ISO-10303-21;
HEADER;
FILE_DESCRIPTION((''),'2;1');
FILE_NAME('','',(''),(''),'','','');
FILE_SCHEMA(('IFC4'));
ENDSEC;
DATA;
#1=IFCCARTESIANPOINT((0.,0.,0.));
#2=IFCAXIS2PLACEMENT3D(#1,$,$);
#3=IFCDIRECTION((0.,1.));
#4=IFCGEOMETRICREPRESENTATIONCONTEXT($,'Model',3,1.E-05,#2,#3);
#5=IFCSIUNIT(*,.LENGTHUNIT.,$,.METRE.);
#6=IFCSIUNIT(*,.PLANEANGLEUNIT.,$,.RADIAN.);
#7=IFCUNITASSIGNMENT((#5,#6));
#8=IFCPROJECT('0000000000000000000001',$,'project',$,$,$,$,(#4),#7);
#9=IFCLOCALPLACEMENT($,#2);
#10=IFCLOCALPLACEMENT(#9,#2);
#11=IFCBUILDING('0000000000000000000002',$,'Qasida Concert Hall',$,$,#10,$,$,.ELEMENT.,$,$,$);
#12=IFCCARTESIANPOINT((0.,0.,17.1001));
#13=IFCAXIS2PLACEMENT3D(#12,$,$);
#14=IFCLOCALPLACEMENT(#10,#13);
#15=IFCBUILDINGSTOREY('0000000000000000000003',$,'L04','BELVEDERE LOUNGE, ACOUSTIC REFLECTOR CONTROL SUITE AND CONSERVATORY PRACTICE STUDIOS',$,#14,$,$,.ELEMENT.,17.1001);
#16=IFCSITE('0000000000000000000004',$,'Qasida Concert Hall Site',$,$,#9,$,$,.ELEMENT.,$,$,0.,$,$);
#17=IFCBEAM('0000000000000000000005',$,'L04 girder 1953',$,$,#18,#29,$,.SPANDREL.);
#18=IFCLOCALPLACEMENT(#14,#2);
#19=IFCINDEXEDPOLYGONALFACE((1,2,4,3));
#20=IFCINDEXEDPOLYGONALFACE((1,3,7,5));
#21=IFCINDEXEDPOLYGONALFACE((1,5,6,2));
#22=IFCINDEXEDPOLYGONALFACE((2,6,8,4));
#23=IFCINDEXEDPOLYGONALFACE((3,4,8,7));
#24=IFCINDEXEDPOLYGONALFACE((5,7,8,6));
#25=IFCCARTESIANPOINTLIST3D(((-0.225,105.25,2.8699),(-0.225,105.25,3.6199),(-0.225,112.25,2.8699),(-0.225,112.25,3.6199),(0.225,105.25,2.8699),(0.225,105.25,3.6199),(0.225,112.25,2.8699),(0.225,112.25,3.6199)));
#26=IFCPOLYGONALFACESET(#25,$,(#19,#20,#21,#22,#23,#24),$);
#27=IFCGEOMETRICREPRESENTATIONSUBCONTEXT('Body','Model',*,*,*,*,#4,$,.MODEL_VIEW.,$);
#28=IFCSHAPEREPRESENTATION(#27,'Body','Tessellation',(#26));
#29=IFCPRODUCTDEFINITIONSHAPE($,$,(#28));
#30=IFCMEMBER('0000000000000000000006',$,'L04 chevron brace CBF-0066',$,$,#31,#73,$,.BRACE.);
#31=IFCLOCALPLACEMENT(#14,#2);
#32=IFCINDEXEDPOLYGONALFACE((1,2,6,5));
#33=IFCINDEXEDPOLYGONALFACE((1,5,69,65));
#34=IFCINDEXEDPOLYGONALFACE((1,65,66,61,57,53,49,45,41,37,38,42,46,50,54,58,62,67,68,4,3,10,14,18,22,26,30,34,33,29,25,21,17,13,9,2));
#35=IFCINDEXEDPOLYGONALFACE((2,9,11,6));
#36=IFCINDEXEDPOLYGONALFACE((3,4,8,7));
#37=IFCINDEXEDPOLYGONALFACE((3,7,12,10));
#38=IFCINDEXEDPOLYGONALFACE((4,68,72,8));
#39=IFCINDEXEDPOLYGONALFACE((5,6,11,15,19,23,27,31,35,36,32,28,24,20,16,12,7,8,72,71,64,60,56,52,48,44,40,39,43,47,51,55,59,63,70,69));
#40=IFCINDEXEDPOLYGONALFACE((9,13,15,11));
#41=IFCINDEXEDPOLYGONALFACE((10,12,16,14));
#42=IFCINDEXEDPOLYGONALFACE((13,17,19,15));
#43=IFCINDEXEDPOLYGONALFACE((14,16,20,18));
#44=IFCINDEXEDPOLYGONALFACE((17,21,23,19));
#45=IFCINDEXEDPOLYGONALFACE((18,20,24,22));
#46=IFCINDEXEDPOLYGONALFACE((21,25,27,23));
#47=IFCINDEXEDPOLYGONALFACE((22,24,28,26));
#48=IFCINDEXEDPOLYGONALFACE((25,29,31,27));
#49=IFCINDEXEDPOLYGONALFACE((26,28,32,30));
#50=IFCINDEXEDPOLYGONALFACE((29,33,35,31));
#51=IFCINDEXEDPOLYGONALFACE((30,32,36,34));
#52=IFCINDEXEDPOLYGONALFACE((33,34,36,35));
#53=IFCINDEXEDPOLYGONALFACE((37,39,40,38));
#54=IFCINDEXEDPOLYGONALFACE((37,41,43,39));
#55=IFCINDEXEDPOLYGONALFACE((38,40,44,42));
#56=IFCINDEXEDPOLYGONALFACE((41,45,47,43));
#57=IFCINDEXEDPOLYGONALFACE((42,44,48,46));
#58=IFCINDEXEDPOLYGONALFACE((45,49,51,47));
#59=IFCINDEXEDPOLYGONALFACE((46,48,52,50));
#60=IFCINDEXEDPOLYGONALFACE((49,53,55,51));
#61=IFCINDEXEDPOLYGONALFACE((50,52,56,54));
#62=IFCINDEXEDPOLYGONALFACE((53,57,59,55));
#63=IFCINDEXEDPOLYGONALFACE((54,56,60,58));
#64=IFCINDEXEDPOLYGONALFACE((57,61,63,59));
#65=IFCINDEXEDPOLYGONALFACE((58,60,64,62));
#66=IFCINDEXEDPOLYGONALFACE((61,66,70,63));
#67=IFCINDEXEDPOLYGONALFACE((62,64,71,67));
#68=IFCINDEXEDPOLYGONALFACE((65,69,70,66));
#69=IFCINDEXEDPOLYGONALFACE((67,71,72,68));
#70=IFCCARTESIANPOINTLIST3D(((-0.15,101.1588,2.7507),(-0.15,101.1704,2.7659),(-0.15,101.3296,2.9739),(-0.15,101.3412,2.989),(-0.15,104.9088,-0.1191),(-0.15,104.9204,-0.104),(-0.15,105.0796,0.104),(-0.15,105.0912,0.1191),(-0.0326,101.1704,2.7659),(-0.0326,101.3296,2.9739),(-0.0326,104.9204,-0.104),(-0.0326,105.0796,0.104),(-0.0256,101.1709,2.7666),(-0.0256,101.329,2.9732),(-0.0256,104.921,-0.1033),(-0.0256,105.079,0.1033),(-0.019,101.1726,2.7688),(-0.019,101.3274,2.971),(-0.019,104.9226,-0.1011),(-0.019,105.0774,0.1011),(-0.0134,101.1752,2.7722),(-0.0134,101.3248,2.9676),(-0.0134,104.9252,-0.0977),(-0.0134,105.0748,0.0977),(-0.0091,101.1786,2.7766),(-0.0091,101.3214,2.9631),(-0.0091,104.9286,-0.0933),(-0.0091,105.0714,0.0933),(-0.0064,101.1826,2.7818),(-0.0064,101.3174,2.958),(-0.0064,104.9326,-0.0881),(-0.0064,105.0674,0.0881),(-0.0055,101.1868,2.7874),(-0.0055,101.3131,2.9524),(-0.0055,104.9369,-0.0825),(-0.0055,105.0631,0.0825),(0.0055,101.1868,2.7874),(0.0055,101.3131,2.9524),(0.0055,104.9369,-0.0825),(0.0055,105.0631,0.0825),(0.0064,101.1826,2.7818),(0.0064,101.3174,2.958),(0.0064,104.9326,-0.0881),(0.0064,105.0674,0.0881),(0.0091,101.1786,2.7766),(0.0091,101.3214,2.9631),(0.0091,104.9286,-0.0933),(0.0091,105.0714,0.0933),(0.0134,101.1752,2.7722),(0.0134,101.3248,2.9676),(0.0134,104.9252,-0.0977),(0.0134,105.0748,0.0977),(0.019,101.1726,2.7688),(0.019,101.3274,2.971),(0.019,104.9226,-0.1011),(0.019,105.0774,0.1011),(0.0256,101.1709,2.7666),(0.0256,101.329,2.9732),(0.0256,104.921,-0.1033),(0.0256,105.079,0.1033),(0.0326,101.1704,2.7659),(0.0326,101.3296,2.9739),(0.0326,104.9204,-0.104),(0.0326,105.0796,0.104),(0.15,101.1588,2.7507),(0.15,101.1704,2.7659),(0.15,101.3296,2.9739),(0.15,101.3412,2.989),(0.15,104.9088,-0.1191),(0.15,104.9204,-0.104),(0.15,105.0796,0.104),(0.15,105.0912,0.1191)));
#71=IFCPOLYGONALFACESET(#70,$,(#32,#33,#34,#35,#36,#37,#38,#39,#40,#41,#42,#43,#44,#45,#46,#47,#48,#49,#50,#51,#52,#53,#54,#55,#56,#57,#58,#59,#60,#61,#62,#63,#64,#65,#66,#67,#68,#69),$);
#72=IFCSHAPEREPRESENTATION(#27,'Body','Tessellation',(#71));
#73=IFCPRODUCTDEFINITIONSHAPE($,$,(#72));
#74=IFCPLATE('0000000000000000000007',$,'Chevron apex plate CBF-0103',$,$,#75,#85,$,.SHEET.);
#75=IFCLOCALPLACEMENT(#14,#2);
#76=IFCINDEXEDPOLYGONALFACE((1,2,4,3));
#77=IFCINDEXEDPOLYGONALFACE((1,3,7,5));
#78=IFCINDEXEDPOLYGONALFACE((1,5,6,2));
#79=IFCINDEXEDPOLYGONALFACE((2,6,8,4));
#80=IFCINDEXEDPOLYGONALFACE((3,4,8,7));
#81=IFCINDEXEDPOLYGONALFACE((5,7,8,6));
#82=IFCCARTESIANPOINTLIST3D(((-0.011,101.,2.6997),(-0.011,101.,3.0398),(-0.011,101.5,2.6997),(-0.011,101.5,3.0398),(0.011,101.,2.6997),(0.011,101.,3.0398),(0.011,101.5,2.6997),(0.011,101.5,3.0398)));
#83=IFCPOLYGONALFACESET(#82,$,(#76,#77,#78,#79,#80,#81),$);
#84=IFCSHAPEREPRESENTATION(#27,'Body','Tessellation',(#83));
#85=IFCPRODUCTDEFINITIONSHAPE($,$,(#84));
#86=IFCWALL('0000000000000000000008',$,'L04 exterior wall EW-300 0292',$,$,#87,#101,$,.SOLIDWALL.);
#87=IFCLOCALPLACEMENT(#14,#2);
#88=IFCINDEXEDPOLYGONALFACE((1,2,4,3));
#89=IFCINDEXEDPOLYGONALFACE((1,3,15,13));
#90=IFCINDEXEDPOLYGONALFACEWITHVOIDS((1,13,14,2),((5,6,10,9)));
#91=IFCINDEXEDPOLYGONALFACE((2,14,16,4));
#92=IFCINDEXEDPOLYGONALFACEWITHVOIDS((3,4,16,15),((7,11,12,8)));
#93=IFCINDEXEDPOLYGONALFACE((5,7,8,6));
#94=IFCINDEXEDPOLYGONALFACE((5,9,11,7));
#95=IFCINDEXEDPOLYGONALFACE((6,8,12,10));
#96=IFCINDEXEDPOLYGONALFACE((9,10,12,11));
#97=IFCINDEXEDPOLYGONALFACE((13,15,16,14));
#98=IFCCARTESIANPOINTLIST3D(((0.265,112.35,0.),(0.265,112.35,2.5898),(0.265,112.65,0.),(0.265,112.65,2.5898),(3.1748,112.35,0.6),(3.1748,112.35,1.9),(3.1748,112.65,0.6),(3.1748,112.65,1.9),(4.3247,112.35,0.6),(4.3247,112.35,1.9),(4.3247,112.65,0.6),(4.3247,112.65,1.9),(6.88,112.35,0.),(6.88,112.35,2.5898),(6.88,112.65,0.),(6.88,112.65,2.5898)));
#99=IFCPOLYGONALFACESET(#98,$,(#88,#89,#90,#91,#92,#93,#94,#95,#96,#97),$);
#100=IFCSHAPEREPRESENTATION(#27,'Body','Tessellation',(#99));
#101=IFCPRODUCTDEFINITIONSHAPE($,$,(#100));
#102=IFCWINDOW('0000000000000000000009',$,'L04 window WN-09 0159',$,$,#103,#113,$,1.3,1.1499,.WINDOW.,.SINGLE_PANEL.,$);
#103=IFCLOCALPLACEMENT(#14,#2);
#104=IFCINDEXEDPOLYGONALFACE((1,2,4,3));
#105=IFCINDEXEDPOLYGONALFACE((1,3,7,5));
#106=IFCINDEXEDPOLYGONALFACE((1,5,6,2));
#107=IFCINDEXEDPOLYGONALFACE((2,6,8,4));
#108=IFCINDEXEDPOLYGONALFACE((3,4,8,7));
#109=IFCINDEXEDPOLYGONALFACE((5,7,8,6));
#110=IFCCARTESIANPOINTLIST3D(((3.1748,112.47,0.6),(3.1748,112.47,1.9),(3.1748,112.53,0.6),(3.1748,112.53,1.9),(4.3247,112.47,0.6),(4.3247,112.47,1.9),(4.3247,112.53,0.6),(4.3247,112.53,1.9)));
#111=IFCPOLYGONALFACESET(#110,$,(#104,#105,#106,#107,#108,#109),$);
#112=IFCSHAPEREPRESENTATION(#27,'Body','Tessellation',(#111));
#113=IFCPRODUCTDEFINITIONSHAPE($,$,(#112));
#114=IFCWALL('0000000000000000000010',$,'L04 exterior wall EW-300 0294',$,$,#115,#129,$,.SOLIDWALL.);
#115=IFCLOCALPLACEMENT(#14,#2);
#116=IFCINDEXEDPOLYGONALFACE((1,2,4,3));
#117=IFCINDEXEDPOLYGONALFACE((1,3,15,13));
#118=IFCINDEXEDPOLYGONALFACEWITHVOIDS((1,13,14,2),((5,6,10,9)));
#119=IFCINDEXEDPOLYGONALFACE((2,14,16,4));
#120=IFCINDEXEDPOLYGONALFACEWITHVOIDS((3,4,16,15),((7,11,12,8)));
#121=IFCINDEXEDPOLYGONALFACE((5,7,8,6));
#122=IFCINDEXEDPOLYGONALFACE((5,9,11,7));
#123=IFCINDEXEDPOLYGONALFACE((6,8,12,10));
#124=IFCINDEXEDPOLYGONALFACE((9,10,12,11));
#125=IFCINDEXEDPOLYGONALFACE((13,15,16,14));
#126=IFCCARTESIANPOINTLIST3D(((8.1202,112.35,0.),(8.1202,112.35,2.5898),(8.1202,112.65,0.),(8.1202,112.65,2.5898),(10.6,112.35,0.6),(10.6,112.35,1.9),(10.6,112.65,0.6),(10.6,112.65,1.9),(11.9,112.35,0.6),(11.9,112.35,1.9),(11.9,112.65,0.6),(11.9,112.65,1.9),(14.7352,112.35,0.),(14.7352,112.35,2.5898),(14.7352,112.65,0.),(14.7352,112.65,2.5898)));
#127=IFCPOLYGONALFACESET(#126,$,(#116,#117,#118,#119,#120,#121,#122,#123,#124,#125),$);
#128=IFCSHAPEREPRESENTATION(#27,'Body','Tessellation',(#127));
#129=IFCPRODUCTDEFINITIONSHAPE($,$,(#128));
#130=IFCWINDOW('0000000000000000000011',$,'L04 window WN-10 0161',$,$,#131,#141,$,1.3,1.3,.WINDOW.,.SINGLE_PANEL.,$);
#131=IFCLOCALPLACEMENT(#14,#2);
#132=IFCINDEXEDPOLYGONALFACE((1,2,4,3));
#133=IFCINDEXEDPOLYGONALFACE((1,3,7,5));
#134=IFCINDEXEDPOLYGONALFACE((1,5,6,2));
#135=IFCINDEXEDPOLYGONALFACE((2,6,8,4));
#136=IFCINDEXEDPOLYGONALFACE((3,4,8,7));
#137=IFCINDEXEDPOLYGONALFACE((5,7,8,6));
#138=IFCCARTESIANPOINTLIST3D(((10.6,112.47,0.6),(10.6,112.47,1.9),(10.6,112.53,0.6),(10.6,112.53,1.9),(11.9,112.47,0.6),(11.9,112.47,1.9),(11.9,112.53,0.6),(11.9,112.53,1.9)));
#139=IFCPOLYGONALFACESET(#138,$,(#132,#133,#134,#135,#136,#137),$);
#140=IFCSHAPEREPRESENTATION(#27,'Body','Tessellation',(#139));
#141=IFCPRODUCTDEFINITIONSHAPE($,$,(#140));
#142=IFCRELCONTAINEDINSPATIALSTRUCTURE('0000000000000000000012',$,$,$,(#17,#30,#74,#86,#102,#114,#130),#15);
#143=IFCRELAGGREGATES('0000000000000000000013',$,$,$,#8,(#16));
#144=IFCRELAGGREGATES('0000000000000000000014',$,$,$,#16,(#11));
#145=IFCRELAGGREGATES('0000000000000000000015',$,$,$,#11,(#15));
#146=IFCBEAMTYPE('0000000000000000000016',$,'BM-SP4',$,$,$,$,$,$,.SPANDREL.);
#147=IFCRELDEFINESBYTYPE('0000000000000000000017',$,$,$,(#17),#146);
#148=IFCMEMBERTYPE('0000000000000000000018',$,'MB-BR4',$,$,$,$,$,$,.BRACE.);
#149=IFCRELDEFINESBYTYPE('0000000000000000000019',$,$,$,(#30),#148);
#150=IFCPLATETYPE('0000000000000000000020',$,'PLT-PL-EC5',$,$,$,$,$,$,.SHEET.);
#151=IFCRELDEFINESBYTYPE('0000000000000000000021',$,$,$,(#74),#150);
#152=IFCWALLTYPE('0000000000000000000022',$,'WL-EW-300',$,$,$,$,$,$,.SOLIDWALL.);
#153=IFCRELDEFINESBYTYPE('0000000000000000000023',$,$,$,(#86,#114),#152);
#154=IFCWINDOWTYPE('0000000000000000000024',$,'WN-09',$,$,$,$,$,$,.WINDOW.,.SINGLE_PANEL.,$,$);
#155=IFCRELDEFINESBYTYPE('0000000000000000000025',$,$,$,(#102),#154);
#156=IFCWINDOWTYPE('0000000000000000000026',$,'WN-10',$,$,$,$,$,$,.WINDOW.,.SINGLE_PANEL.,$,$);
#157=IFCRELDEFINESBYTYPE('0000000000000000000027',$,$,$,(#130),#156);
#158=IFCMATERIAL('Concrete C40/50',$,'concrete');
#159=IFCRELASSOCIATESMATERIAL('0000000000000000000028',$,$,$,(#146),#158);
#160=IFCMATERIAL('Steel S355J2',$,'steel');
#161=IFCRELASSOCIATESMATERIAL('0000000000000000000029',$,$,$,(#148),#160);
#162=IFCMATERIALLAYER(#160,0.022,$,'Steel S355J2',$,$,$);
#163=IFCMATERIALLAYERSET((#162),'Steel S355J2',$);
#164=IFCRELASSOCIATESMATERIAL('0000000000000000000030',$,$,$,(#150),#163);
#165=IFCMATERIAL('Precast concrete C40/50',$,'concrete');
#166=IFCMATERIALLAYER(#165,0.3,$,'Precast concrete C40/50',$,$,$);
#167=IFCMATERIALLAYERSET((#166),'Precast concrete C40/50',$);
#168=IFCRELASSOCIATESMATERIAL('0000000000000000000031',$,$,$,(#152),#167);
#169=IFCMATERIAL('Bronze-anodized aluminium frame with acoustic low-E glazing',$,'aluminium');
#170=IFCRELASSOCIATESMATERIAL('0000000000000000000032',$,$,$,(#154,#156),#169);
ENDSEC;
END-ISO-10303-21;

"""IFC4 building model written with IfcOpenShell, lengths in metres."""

from ifc_helpers import new_model, si_unit, direction, frame, frame_2d, origin, origin_2d, place, context, subcontext, project, spatial, rectangle, i_section, extrude, material, layer, layer_set, material_profile, profile_set, type_object, element, fill, save


model = new_model("IFC4")

# Units and contexts
model_context = context("Model", 3, precision=1e-05, world=origin(), true_north=direction((0.0, 1.0)))
body_context = subcontext(model_context, "Body", "Model", "MODEL_VIEW")
ifc_project = project(units=[si_unit("LENGTHUNIT", "METRE"), si_unit("PLANEANGLEUNIT", "RADIAN")], contexts=[model_context])

# Site, building, storey
site_placement = place(None, origin())
site = spatial("IfcSite", under=ifc_project, at=site_placement, Name="Qasida Concert Hall Site", CompositionType="ELEMENT", RefElevation=0.0)
building_placement = place(site_placement, origin())
building = spatial("IfcBuilding", under=site, at=building_placement, Name="Qasida Concert Hall", CompositionType="ELEMENT")
storey_placement = place(building_placement, frame((0.0, 0.0, 17.1001)))
storey = spatial("IfcBuildingStorey", under=building, at=storey_placement, Name="L04", Description="BELVEDERE LOUNGE, ACOUSTIC REFLECTOR CONTROL SUITE AND CONSERVATORY PRACTICE STUDIOS", CompositionType="ELEMENT", Elevation=17.1001)

# Beam
ifc_material_1 = material(Name="Steel S355J2", Category="steel")
ifc_material_2 = material(Name="Concrete C40/50", Category="concrete")
ifc_material_profile_1 = material_profile(ifc_material_2, rectangle(XDim=0.45, YDim=0.75, at=origin_2d()), Name="RC 450x750")
ifc_profile_set_1 = profile_set([ifc_material_profile_1], Name="Concrete C40/50")
beam_type_1 = type_object("IfcBeamType", Name="BM-SP4", PredefinedType="SPANDREL", material=ifc_profile_set_1)
beam_1_placement = place(storey_placement, frame((0.0, 105.25, 3.2449), z_axis=(0.0, 1.0, 0.0), x_axis=(-1.0, 0.0, 0.0)))
element("IfcBeam", 1, at=beam_1_placement, inside=storey, type_object=beam_type_1, Name="L04 girder 1953", PredefinedType="SPANDREL", context=body_context, shape_type="SweptSolid", body=[
    extrude(rectangle(XDim=0.45, YDim=0.75, at=origin_2d()), origin(), (0.0, 0.0, 1.0), 7.0),
])

# Member
ifc_material_profile_2 = material_profile(ifc_material_1, i_section(OverallWidth=0.3, OverallDepth=0.3, WebThickness=0.011, FlangeThickness=0.019, FilletRadius=0.0271, at=origin_2d()), Name="HEB 300")
ifc_profile_set_2 = profile_set([ifc_material_profile_2], Name="Steel S355J2")
member_type = type_object("IfcMemberType", Name="MB-BR4", PredefinedType="BRACE", material=ifc_profile_set_2)
member_placement = place(storey_placement, frame((0.0, 105.0, 0.0), z_axis=(0.0, -0.79413, 0.607748), x_axis=(1.0, 0.0, 0.0)))
element("IfcMember", 2, at=member_placement, inside=storey, type_object=member_type, Name="L04 chevron brace CBF-0066", PredefinedType="BRACE", context=body_context, shape_type="SweptSolid", body=[
    extrude(i_section(OverallWidth=0.3, OverallDepth=0.3, WebThickness=0.011, FlangeThickness=0.019, FilletRadius=0.0271, at=origin_2d()), origin(), (0.0, 0.0, 1.0), 4.7222),
])

# Plate
ifc_layer_1 = layer(ifc_material_1, 0.022, Name="Steel S355J2")
ifc_layer_set_1 = layer_set([ifc_layer_1], Name="Steel S355J2")
plate_type = type_object("IfcPlateType", Name="PLT-PL-EC5", PredefinedType="SHEET", material=ifc_layer_set_1)
plate_placement = place(storey_placement, frame((0.0, 101.25, 2.6997), z_axis=(0.0, 0.0, 1.0), x_axis=(0.0, 1.0, 0.0)))
element("IfcPlate", 3, at=plate_placement, inside=storey, type_object=plate_type, Name="Chevron apex plate CBF-0103", PredefinedType="SHEET", context=body_context, shape_type="SweptSolid", body=[
    extrude(rectangle(XDim=0.5, YDim=0.022, at=origin_2d()), origin(), (0.0, 0.0, 1.0), 0.3401),
])

# Walls, openings, windows
ifc_material_3 = material(Name="Precast concrete C40/50", Category="concrete")
ifc_layer_2 = layer(ifc_material_3, 0.3, Name="Precast concrete C40/50")
ifc_layer_set_2 = layer_set([ifc_layer_2], Name="Precast concrete C40/50")
wall_type_1 = type_object("IfcWallType", Name="WL-EW-300", PredefinedType="SOLIDWALL", material=ifc_layer_set_2)
wall_1_placement = place(storey_placement, frame((0.2649, 112.5, 0.0), z_axis=(0.0, 0.0, 1.0), x_axis=(1.0, 0.0, 0.0)))
wall_1 = element("IfcWall", 4, at=wall_1_placement, inside=storey, type_object=wall_type_1, Name="L04 exterior wall EW-300 0292", PredefinedType="SOLIDWALL", context=body_context, shape_type="SweptSolid", body=[
    extrude(rectangle(XDim=6.615, YDim=0.3, at=frame_2d((3.3076, 0.0))), origin(), (0.0, 0.0, 1.0), 2.5898),
])
opening_1_placement = place(wall_1_placement, frame((2.9099, 0.0, 0.6001)))
opening_1 = element("IfcOpeningElement", 5, at=opening_1_placement, cuts=wall_1, PredefinedType="OPENING", context=body_context, shape_type="SweptSolid", body=[
    extrude(rectangle(XDim=1.1499, YDim=1.3, at=frame_2d((0.575, 0.6499))), frame((0.0, 0.1599, 0.0), z_axis=(0.0, -1.0, 0.0), x_axis=(1.0, 0.0, 0.0)), (0.0, 0.0, 1.0), 0.3201),
])
ifc_material_4 = material(Name="Bronze-anodized aluminium frame with acoustic low-E glazing", Category="aluminium")
window_type_1 = type_object("IfcWindowType", Name="WN-09", PartitioningType="SINGLE_PANEL", PredefinedType="WINDOW", material=ifc_material_4)
window_1_placement = place(opening_1_placement, origin())
window_1 = element("IfcWindow", 6, at=window_1_placement, inside=storey, type_object=window_type_1, Name="L04 window WN-09 0159", OverallHeight=1.3, OverallWidth=1.1499, PartitioningType="SINGLE_PANEL", PredefinedType="WINDOW", context=body_context, shape_type="SweptSolid", body=[
    extrude(rectangle(XDim=1.1499, YDim=1.3, at=frame_2d((0.575, 0.6499))), frame((0.0, 0.03, 0.0), z_axis=(0.0, -1.0, 0.0), x_axis=(1.0, 0.0, 0.0)), (0.0, 0.0, 1.0), 0.0601),
])
fill(opening_1, window_1)
wall_2_placement = place(storey_placement, frame((8.1201, 112.5, 0.0), z_axis=(0.0, 0.0, 1.0), x_axis=(1.0, 0.0, 0.0)))
wall_2 = element("IfcWall", 7, at=wall_2_placement, inside=storey, type_object=wall_type_1, Name="L04 exterior wall EW-300 0294", PredefinedType="SOLIDWALL", context=body_context, shape_type="SweptSolid", body=[
    extrude(rectangle(XDim=6.615, YDim=0.3, at=frame_2d((3.3076, 0.0))), origin(), (0.0, 0.0, 1.0), 2.5898),
])
opening_2_placement = place(wall_2_placement, frame((2.48, 0.0, 0.6001)))
opening_2 = element("IfcOpeningElement", 8, at=opening_2_placement, cuts=wall_2, PredefinedType="OPENING", context=body_context, shape_type="SweptSolid", body=[
    extrude(rectangle(XDim=1.3, YDim=1.3, at=frame_2d((0.6499, 0.6499))), frame((0.0, 0.1599, 0.0), z_axis=(0.0, -1.0, 0.0), x_axis=(1.0, 0.0, 0.0)), (0.0, 0.0, 1.0), 0.3201),
])
window_type_2 = type_object("IfcWindowType", Name="WN-10", PartitioningType="SINGLE_PANEL", PredefinedType="WINDOW", material=ifc_material_4)
window_2_placement = place(opening_2_placement, origin())
window_2 = element("IfcWindow", 9, at=window_2_placement, inside=storey, type_object=window_type_2, Name="L04 window WN-10 0161", OverallHeight=1.3, OverallWidth=1.3, PartitioningType="SINGLE_PANEL", PredefinedType="WINDOW", context=body_context, shape_type="SweptSolid", body=[
    extrude(rectangle(XDim=1.3, YDim=1.3, at=frame_2d((0.6499, 0.6499))), frame((0.0, 0.03, 0.0), z_axis=(0.0, -1.0, 0.0), x_axis=(1.0, 0.0, 0.0)), (0.0, 0.0, 1.0), 0.0601),
])
fill(opening_2, window_2)

save(model, "model.ifc")
